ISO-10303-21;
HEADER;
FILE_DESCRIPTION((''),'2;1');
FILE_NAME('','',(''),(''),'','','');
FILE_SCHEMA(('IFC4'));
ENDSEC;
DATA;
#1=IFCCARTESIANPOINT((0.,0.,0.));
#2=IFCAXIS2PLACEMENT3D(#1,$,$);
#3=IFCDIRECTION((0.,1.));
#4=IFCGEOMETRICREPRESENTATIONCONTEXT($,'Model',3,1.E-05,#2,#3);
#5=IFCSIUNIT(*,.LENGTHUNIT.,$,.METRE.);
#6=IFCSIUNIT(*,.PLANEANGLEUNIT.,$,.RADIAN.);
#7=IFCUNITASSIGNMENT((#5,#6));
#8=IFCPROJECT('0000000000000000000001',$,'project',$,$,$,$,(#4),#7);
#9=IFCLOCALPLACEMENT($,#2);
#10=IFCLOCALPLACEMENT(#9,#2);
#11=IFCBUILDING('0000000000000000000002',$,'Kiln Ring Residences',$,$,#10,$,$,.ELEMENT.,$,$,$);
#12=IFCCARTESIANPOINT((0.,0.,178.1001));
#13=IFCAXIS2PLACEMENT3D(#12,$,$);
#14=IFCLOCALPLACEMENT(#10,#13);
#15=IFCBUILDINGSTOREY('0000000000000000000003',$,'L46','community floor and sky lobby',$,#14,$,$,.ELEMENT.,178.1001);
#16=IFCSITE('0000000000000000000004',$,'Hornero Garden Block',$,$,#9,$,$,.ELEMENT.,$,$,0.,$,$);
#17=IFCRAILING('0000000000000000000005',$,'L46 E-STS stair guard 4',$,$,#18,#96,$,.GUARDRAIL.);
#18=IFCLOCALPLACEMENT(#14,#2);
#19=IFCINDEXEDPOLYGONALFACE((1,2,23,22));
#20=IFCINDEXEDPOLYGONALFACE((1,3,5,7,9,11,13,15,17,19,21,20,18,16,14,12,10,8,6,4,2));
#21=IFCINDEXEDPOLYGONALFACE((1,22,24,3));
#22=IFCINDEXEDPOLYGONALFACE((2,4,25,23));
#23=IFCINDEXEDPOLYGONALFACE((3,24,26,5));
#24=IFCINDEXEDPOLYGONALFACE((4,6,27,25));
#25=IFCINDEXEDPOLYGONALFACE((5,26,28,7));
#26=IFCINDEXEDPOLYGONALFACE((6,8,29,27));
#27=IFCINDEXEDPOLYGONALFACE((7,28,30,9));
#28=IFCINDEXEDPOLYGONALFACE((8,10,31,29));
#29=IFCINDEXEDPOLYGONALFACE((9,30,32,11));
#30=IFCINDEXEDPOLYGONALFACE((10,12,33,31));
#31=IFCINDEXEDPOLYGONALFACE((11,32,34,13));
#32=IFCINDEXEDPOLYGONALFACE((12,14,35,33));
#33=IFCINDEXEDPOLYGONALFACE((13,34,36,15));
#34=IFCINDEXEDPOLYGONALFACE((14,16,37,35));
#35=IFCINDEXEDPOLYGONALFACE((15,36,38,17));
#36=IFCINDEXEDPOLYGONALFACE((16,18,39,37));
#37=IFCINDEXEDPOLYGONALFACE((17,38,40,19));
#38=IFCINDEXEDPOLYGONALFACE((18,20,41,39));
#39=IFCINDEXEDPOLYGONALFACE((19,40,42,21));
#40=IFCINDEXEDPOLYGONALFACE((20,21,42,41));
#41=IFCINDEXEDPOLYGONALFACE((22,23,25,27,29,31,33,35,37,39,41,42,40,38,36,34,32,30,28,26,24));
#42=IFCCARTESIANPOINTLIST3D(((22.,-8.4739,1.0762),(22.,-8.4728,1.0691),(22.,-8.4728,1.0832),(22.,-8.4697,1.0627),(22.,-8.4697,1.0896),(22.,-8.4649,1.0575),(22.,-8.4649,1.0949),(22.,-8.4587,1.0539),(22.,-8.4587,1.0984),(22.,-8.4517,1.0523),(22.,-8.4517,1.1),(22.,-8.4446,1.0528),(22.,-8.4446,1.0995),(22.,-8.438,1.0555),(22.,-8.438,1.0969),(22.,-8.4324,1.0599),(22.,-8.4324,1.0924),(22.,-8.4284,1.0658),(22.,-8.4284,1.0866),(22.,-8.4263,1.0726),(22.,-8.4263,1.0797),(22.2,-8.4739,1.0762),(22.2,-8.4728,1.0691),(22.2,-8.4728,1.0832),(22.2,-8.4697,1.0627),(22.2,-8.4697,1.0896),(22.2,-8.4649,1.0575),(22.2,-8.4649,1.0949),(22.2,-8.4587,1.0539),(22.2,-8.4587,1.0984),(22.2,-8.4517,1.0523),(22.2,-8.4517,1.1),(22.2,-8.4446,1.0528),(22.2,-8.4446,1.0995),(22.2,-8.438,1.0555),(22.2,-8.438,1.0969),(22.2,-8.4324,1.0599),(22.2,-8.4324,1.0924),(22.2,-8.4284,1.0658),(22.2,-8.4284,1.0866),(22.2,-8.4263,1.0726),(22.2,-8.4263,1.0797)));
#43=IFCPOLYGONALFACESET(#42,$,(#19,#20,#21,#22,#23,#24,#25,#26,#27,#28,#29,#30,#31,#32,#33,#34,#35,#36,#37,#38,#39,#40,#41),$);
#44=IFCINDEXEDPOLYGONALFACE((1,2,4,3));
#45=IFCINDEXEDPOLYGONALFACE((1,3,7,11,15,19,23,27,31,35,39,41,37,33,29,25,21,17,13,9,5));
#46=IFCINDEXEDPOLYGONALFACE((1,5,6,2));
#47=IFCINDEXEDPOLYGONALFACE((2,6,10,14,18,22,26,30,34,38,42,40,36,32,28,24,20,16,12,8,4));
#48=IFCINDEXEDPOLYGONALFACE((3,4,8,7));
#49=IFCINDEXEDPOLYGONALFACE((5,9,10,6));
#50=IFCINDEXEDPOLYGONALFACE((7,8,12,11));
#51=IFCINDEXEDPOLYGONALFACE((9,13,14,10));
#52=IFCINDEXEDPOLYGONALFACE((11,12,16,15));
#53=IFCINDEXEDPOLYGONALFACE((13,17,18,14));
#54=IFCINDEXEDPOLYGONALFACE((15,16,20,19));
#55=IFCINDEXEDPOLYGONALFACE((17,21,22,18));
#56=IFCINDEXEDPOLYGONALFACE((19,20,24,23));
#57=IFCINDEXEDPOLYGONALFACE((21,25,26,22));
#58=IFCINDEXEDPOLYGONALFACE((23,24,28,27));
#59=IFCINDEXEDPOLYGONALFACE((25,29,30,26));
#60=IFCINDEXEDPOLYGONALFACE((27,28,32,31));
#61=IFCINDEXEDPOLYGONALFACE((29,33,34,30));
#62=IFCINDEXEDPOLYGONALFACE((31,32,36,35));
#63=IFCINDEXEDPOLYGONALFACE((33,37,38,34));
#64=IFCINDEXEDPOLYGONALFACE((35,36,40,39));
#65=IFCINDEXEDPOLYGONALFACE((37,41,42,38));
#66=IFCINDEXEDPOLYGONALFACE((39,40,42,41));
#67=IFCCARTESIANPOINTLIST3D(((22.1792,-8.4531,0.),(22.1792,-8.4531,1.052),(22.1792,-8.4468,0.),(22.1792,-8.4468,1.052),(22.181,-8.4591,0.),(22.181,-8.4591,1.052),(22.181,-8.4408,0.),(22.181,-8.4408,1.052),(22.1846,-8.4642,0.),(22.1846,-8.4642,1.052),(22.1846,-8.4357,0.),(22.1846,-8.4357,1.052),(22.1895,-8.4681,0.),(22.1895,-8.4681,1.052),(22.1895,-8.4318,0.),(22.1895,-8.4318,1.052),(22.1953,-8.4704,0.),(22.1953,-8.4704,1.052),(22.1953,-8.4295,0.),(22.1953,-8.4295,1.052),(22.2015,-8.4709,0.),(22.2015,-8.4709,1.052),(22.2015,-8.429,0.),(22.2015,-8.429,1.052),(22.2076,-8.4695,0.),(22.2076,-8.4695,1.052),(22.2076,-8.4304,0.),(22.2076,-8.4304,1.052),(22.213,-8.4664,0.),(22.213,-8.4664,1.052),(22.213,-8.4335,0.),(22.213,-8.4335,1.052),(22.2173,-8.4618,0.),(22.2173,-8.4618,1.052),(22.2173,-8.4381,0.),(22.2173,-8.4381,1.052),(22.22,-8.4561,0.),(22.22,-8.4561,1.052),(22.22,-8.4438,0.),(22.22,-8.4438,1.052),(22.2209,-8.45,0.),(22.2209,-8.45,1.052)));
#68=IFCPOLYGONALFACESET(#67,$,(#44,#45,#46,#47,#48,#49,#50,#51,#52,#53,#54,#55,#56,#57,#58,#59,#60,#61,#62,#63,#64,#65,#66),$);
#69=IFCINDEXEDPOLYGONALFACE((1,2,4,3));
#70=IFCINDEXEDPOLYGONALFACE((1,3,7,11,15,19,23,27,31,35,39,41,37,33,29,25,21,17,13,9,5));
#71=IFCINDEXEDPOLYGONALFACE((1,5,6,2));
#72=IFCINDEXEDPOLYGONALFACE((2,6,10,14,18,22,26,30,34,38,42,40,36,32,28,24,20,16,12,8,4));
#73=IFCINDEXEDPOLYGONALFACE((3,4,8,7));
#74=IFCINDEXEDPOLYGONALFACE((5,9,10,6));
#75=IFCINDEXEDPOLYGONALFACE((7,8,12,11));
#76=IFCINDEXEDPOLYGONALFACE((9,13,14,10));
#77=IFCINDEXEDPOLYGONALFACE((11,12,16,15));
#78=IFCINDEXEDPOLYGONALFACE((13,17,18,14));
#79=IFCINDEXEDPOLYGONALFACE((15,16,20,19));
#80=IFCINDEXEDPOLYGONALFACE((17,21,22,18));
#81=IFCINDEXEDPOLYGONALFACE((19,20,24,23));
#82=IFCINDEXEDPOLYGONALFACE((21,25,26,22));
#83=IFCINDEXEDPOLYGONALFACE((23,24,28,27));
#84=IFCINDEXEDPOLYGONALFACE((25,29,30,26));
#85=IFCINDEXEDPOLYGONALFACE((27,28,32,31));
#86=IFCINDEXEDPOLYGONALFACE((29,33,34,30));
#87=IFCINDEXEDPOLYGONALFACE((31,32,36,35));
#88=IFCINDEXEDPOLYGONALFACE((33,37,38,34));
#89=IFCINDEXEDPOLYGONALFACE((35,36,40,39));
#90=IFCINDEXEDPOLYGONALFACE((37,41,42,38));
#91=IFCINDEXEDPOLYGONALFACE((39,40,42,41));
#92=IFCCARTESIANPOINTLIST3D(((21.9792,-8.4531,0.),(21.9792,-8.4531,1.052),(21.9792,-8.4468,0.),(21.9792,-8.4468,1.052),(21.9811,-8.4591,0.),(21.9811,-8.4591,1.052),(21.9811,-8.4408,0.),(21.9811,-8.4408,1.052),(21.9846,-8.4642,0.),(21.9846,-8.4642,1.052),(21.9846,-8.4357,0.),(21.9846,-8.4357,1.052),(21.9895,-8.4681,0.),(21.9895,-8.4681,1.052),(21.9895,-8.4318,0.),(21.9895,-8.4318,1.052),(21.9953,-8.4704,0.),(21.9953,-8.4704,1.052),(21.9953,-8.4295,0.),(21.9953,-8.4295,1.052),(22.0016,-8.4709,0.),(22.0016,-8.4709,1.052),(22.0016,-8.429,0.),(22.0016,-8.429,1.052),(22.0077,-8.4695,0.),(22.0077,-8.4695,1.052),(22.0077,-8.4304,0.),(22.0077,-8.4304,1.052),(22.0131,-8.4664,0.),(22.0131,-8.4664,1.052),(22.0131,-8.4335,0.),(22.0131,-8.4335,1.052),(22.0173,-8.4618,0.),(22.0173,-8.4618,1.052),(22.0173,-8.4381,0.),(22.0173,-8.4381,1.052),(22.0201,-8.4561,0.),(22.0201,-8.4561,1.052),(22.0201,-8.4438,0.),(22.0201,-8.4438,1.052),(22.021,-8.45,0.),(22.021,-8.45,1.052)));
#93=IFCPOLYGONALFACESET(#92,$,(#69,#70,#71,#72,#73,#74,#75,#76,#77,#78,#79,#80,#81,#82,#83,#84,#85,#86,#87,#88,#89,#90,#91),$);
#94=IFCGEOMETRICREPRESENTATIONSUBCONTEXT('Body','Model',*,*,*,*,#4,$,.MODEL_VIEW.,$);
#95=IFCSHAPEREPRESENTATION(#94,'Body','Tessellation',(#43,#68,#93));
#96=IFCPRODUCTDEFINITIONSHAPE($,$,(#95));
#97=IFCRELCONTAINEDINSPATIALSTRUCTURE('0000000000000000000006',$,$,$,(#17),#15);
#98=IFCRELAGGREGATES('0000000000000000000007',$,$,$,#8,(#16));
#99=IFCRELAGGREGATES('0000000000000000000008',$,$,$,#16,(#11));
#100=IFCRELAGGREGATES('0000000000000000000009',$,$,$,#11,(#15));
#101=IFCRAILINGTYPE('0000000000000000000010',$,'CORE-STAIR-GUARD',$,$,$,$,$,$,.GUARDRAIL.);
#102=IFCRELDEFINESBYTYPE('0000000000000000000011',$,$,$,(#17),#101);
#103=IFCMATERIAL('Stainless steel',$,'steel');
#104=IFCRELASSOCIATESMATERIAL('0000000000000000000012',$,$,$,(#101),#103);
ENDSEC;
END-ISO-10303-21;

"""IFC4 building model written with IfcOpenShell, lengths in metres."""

from ifc_helpers import new_model, si_unit, direction, frame, origin, origin_2d, place, context, subcontext, project, spatial, circle, extrude, material, type_object, element, save


model = new_model("IFC4")

# Units and contexts
model_context = context("Model", 3, precision=1e-05, world=origin(), true_north=direction((0.0, 1.0)))
body_context = subcontext(model_context, "Body", "Model", "MODEL_VIEW")
ifc_project = project(units=[si_unit("LENGTHUNIT", "METRE"), si_unit("PLANEANGLEUNIT", "RADIAN")], contexts=[model_context])

# Site, building, storey
site_placement = place(None, origin())
site = spatial("IfcSite", under=ifc_project, at=site_placement, Name="Hornero Garden Block", CompositionType="ELEMENT", RefElevation=0.0)
building_placement = place(site_placement, origin())
building = spatial("IfcBuilding", under=site, at=building_placement, Name="Kiln Ring Residences", CompositionType="ELEMENT")
storey_placement = place(building_placement, frame((0.0, 0.0, 178.1001)))
storey = spatial("IfcBuildingStorey", under=building, at=storey_placement, Name="L46", Description="community floor and sky lobby", CompositionType="ELEMENT", Elevation=178.1001)

# Railing
ifc_material_1 = material(Name="Stainless steel", Category="steel")
railing_type_1 = type_object("IfcRailingType", Name="CORE-STAIR-GUARD", PredefinedType="GUARDRAIL", material=ifc_material_1)
railing_1_placement = place(storey_placement, frame((22.2, -8.45, 0.0)))
element("IfcRailing", 1, at=railing_1_placement, inside=storey, type_object=railing_type_1, Name="L46 E-STS stair guard 4", PredefinedType="GUARDRAIL", context=body_context, shape_type="SweptSolid", body=[
    extrude(circle(Radius=0.0239, at=origin_2d()), frame((0.0, 0.0, 1.0762), z_axis=(-1.0, 0.0, 0.0), x_axis=(0.0, -1.0, 0.0)), (0.0, 0.0, 1.0), 0.2),
    extrude(circle(Radius=0.021, at=origin_2d()), origin(), (0.0, 0.0, 1.0), 1.052),
    extrude(circle(Radius=0.021, at=origin_2d()), frame((-0.2, 0.0, 0.0)), (0.0, 0.0, 1.0), 1.052),
])

save(model, "model.ifc")
